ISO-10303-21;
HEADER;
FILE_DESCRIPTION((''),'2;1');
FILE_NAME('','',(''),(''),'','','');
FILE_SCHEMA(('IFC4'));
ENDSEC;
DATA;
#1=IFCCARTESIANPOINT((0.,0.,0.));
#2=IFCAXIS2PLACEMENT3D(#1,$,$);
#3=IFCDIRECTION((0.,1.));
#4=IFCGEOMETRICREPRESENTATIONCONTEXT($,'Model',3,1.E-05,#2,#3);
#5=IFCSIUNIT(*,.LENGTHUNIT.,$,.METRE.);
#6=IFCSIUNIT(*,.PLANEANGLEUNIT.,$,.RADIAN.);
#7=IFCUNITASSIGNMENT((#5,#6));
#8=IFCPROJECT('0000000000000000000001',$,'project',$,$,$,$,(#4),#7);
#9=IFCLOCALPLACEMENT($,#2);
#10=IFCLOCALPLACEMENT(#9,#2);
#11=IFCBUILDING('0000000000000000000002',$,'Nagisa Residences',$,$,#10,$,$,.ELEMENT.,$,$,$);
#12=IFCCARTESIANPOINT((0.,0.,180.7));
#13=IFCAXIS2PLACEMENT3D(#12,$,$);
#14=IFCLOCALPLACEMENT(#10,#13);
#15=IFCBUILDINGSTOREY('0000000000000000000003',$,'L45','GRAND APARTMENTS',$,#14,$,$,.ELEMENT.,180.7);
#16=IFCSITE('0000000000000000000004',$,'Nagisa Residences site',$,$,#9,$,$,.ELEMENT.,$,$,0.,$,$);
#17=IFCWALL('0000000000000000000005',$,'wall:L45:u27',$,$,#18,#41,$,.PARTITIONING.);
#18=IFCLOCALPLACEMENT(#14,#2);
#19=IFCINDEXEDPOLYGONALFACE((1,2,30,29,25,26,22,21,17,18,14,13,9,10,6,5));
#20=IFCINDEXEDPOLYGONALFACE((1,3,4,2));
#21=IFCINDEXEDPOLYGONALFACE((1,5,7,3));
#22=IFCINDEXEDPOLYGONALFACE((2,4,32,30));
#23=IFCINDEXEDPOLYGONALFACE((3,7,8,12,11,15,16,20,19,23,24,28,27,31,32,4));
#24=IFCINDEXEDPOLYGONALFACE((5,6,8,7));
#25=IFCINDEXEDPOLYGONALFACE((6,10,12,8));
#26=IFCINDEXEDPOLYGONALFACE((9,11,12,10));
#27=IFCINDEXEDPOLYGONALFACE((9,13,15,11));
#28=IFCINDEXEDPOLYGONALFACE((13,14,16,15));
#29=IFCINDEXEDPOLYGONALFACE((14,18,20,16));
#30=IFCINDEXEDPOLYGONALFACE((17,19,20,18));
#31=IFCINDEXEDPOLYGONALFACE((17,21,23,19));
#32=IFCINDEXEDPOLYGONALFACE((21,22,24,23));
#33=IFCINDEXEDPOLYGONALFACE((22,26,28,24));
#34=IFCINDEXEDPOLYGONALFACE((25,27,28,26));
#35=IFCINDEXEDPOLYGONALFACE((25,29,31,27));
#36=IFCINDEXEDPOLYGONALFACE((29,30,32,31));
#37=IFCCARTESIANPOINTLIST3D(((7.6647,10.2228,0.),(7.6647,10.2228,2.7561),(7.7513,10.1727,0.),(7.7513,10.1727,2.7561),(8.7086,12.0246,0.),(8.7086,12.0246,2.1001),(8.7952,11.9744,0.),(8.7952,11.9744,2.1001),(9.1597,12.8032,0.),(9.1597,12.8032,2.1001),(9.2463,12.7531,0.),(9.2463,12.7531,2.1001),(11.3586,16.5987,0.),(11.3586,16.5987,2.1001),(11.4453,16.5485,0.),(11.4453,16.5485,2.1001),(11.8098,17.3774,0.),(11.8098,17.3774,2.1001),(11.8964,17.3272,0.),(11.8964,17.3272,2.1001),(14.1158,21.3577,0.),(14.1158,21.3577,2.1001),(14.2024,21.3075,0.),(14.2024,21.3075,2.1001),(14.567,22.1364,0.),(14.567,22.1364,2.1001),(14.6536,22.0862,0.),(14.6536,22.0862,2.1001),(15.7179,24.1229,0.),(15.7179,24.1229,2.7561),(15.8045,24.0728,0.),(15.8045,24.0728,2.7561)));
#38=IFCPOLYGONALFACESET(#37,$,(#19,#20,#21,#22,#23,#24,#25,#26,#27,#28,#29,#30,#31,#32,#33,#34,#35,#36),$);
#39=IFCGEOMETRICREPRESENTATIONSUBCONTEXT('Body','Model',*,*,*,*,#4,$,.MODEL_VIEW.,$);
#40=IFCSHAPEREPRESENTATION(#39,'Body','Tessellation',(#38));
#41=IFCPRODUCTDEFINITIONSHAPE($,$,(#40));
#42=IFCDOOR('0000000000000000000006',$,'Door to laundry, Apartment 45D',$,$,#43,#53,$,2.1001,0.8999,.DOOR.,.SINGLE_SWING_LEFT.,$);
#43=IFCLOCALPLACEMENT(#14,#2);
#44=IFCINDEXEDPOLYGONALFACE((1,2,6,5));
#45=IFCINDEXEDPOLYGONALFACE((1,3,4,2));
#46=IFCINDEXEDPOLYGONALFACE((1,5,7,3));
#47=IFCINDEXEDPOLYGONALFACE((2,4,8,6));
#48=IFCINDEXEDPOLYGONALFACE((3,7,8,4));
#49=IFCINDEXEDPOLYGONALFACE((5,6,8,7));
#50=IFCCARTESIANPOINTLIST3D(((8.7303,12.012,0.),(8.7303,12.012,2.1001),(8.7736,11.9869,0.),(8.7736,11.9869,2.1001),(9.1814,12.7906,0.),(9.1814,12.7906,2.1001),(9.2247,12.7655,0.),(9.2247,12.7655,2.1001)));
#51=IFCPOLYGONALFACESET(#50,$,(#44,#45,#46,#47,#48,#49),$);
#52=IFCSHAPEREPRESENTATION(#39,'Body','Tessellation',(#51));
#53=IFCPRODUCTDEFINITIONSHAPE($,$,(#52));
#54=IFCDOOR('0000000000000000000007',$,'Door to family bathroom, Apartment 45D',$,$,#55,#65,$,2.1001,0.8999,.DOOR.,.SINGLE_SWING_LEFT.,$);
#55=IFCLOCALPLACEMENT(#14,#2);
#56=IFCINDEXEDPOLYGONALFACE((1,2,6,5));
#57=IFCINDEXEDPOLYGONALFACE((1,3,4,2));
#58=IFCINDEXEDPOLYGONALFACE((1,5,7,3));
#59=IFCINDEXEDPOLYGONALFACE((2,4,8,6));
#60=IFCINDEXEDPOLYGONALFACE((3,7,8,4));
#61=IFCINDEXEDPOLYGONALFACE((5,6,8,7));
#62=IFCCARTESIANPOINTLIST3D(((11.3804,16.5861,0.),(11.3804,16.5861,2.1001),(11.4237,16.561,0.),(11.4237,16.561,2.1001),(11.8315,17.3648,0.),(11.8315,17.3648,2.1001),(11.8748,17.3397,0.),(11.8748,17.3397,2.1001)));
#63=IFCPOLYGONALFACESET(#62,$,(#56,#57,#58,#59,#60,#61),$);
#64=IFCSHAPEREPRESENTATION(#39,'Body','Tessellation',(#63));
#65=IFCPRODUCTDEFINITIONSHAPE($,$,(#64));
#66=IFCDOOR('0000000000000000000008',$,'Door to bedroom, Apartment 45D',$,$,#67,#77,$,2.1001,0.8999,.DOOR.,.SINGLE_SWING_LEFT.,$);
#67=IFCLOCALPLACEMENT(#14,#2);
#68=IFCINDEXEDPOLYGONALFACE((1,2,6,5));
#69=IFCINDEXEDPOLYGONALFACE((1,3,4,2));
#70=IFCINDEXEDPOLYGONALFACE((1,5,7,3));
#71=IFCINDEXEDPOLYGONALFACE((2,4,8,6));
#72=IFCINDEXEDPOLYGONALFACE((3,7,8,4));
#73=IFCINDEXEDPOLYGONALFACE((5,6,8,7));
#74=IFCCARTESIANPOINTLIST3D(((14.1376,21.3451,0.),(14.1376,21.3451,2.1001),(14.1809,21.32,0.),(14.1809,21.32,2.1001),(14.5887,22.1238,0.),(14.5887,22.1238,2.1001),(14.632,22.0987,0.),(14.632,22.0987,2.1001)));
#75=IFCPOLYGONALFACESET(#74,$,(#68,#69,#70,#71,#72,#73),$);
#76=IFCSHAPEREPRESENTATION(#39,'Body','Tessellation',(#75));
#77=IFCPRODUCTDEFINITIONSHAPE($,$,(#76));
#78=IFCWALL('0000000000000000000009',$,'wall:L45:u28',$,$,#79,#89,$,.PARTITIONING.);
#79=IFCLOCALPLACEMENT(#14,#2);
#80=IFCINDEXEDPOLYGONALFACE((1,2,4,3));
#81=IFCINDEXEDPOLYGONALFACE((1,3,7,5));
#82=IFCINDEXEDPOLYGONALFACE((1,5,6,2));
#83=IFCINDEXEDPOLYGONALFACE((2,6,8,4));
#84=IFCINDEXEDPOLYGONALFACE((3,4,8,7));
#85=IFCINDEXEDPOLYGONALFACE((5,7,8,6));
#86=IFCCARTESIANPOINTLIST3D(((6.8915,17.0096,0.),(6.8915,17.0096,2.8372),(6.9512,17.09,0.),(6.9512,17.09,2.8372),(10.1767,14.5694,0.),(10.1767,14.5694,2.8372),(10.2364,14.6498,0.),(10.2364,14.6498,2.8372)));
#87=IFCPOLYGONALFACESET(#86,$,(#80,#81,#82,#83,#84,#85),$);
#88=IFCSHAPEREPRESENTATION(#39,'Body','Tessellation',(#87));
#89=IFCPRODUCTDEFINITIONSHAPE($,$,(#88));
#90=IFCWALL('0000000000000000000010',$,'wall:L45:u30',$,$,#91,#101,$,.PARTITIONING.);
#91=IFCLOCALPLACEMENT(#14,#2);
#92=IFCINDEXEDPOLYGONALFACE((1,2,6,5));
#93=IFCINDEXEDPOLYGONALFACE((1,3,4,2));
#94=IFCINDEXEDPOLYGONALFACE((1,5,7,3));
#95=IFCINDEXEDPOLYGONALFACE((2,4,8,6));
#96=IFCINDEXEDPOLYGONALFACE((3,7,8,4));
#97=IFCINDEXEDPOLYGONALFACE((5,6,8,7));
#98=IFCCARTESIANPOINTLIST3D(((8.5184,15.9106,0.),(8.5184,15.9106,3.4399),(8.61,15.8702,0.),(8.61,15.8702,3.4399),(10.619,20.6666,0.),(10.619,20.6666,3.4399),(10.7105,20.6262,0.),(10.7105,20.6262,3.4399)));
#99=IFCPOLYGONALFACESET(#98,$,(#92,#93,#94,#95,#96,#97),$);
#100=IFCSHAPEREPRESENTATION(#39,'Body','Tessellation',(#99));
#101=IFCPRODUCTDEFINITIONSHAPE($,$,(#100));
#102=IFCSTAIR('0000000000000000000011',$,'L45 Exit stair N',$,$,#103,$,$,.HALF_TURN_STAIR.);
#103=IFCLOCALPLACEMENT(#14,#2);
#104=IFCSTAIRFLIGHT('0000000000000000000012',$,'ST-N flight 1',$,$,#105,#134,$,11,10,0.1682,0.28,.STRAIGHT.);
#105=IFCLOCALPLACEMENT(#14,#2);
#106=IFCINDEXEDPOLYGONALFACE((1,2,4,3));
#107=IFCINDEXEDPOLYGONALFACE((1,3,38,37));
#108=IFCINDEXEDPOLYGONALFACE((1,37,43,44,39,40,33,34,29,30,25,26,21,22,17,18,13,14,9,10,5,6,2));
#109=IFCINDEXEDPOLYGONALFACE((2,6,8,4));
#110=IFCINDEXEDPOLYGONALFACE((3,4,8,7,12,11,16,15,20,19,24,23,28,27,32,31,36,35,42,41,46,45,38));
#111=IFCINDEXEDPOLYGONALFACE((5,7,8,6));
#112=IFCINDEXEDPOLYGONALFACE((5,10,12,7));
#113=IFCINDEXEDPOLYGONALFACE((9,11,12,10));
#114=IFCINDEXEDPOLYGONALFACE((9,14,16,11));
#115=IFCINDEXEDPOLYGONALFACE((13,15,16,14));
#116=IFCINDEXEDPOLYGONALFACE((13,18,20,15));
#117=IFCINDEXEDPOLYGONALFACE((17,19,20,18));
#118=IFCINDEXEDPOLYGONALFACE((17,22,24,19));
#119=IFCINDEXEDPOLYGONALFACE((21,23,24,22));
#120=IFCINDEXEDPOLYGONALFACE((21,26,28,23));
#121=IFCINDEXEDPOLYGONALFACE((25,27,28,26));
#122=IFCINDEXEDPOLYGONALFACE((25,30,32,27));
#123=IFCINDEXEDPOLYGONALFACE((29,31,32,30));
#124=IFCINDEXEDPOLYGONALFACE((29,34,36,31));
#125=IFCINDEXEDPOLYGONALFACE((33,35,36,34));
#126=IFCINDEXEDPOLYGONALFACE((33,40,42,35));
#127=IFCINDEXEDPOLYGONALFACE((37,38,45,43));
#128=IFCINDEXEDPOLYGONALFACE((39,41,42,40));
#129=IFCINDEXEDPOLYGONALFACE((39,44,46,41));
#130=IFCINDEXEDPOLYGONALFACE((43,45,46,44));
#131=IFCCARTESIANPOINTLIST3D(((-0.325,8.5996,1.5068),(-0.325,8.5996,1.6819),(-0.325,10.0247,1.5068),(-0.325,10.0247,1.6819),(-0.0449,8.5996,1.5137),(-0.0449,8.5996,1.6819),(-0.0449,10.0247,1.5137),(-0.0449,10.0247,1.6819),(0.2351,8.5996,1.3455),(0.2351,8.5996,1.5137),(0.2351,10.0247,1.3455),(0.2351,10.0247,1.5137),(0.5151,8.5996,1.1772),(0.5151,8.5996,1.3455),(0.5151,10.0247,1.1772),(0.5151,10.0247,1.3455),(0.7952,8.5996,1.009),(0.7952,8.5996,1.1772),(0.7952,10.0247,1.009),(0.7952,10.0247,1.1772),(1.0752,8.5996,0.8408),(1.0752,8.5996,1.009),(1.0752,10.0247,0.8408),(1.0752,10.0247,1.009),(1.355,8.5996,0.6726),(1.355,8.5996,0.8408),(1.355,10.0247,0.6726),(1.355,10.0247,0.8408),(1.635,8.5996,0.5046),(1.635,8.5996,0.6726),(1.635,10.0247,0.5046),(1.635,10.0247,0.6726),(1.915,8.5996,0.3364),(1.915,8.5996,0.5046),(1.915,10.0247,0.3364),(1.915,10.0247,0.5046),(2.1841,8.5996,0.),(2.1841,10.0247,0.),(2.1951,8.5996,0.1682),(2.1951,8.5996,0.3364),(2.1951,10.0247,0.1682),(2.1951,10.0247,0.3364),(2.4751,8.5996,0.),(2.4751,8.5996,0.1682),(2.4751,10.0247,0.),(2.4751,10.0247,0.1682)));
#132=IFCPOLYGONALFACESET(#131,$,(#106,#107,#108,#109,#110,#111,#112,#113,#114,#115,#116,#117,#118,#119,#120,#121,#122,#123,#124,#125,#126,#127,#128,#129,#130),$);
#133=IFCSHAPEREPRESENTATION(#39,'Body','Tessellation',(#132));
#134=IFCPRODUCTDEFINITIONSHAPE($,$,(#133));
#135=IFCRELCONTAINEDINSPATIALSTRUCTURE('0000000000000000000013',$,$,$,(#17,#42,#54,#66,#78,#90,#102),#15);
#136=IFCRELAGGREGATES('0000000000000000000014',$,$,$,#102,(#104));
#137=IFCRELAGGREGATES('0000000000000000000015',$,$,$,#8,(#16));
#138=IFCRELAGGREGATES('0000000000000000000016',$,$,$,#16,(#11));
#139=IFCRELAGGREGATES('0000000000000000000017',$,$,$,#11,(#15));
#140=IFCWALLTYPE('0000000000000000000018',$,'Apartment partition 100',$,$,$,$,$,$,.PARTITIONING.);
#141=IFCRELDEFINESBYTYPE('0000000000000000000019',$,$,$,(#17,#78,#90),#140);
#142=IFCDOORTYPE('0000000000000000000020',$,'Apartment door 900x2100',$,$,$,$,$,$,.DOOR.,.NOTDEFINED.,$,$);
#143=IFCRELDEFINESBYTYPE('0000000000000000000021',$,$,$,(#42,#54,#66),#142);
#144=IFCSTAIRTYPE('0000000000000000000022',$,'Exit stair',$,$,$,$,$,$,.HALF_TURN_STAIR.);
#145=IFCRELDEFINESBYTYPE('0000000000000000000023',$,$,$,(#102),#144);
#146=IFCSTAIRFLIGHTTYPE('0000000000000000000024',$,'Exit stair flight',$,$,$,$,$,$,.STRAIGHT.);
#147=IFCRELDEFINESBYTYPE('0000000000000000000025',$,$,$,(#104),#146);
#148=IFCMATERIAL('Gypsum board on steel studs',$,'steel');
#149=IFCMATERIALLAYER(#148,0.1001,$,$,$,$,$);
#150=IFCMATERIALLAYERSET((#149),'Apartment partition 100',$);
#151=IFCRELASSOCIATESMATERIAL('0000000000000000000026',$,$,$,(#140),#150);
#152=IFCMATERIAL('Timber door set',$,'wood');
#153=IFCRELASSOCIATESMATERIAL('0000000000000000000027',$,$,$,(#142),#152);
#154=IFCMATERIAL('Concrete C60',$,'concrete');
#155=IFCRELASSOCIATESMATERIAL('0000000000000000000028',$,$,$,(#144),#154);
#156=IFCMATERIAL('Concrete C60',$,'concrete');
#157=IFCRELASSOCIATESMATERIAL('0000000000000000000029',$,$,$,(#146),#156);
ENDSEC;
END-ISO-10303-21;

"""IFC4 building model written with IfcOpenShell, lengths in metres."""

from ifc_helpers import new_model, si_unit, direction, frame, frame_2d, origin, place, context, subcontext, project, spatial, polyline, rectangle, outline, extrude, material, layer, layer_set, type_object, element, fill, aggregate, save


model = new_model("IFC4")

# Units and contexts
model_context = context("Model", 3, precision=1e-05, world=origin(), true_north=direction((0.0, 1.0)))
body_context = subcontext(model_context, "Body", "Model", "MODEL_VIEW")
ifc_project = project(units=[si_unit("LENGTHUNIT", "METRE"), si_unit("PLANEANGLEUNIT", "RADIAN")], contexts=[model_context])

# Site, building, storey
site_placement = place(None, origin())
site = spatial("IfcSite", under=ifc_project, at=site_placement, Name="Nagisa Residences site", CompositionType="ELEMENT", RefElevation=0.0)
building_placement = place(site_placement, origin())
building = spatial("IfcBuilding", under=site, at=building_placement, Name="Nagisa Residences", CompositionType="ELEMENT")
storey_placement = place(building_placement, frame((0.0, 0.0, 180.7)))
storey = spatial("IfcBuildingStorey", under=building, at=storey_placement, Name="L45", Description="GRAND APARTMENTS", CompositionType="ELEMENT", Elevation=180.7)

# Wall, openings, doors
ifc_material_1 = material(Name="Gypsum board on steel studs", Category="steel")
ifc_layer_1 = layer(ifc_material_1, 0.1001)
ifc_layer_set_1 = layer_set([ifc_layer_1], Name="Apartment partition 100")
wall_type_1 = type_object("IfcWallType", Name="Apartment partition 100", PredefinedType="PARTITIONING", material=ifc_layer_set_1)
ifc_material_2 = material(Name="Timber door set", Category="wood")
door_type_1 = type_object("IfcDoorType", Name="Apartment door 900x2100", OperationType="NOTDEFINED", PredefinedType="DOOR", material=ifc_material_2)
wall_1_placement = place(storey_placement, frame((7.708, 10.1978, 0.0), z_axis=(0.0, 0.0, 1.0), x_axis=(0.501305, 0.865271, 0.0)))
wall_1 = element("IfcWall", 1, at=wall_1_placement, inside=storey, type_object=wall_type_1, Name="wall:L45:u27", PredefinedType="PARTITIONING", context=body_context, shape_type="SweptSolid", body=[
    extrude(rectangle(XDim=16.0645, YDim=0.1001, at=frame_2d((8.0322, 0.0))), origin(), (0.0, 0.0, 1.0), 2.7561),
])
opening_1_placement = place(wall_1_placement, frame((2.0823, 0.0, 0.0)))
opening_1 = element("IfcOpeningElement", 2, at=opening_1_placement, cuts=wall_1, PredefinedType="OPENING", context=body_context, shape_type="SweptSolid", body=[
    extrude(rectangle(XDim=0.8999, YDim=2.1001, at=frame_2d((0.45, 1.05))), frame((0.0, 0.0601, 0.0), z_axis=(0.0, -1.0, 0.0), x_axis=(1.0, 0.0, 0.0)), (0.0, 0.0, 1.0), 0.1201),
])
opening_2_placement = place(wall_1_placement, frame((7.3687, 0.0, 0.0)))
opening_2 = element("IfcOpeningElement", 3, at=opening_2_placement, cuts=wall_1, PredefinedType="OPENING", context=body_context, shape_type="SweptSolid", body=[
    extrude(rectangle(XDim=0.8999, YDim=2.1001, at=frame_2d((0.45, 1.05))), frame((0.0, 0.0601, 0.0), z_axis=(0.0, -1.0, 0.0), x_axis=(1.0, 0.0, 0.0)), (0.0, 0.0, 1.0), 0.1201),
])
opening_3_placement = place(wall_1_placement, frame((12.8687, 0.0, 0.0)))
opening_3 = element("IfcOpeningElement", 4, at=opening_3_placement, cuts=wall_1, PredefinedType="OPENING", context=body_context, shape_type="SweptSolid", body=[
    extrude(rectangle(XDim=0.8999, YDim=2.1001, at=frame_2d((0.45, 1.05))), frame((0.0, 0.0601, 0.0), z_axis=(0.0, -1.0, 0.0), x_axis=(1.0, 0.0, 0.0)), (0.0, 0.0, 1.0), 0.1201),
])
door_1_placement = place(opening_1_placement, origin())
door_1 = element("IfcDoor", 5, at=door_1_placement, inside=storey, type_object=door_type_1, Name="Door to laundry, Apartment 45D", OperationType="SINGLE_SWING_LEFT", OverallHeight=2.1001, OverallWidth=0.8999, PredefinedType="DOOR", context=body_context, shape_type="SweptSolid", body=[
    extrude(rectangle(XDim=0.8999, YDim=2.1001, at=frame_2d((0.45, 1.05))), frame((0.0, 0.0249, 0.0), z_axis=(0.0, -1.0, 0.0), x_axis=(1.0, 0.0, 0.0)), (0.0, 0.0, 1.0), 0.05),
])
fill(opening_1, door_1)
door_2_placement = place(opening_2_placement, origin())
door_2 = element("IfcDoor", 6, at=door_2_placement, inside=storey, type_object=door_type_1, Name="Door to family bathroom, Apartment 45D", OperationType="SINGLE_SWING_LEFT", OverallHeight=2.1001, OverallWidth=0.8999, PredefinedType="DOOR", context=body_context, shape_type="SweptSolid", body=[
    extrude(rectangle(XDim=0.8999, YDim=2.1001, at=frame_2d((0.45, 1.05))), frame((0.0, 0.0249, 0.0), z_axis=(0.0, -1.0, 0.0), x_axis=(1.0, 0.0, 0.0)), (0.0, 0.0, 1.0), 0.05),
])
fill(opening_2, door_2)
door_3_placement = place(opening_3_placement, origin())
door_3 = element("IfcDoor", 7, at=door_3_placement, inside=storey, type_object=door_type_1, Name="Door to bedroom, Apartment 45D", OperationType="SINGLE_SWING_LEFT", OverallHeight=2.1001, OverallWidth=0.8999, PredefinedType="DOOR", context=body_context, shape_type="SweptSolid", body=[
    extrude(rectangle(XDim=0.8999, YDim=2.1001, at=frame_2d((0.45, 1.05))), frame((0.0, 0.0249, 0.0), z_axis=(0.0, -1.0, 0.0), x_axis=(1.0, 0.0, 0.0)), (0.0, 0.0, 1.0), 0.05),
])
fill(opening_3, door_3)

# Walls
wall_2_placement = place(storey_placement, frame((10.2065, 14.6096, 0.0), z_axis=(0.0, 0.0, 1.0), x_axis=(-0.802769, 0.59629, 0.0)))
element("IfcWall", 8, at=wall_2_placement, inside=storey, type_object=wall_type_1, Name="wall:L45:u28", PredefinedType="PARTITIONING", context=body_context, shape_type="SweptSolid", body=[
    extrude(rectangle(XDim=4.0923, YDim=0.1001, at=frame_2d((2.0461, 0.0))), origin(), (0.0, 0.0, 1.0), 2.8372),
])
wall_3_placement = place(storey_placement, frame((8.5642, 15.8904, 0.0), z_axis=(0.0, 0.0, 1.0), x_axis=(0.404011, 0.914754, 0.0)))
element("IfcWall", 9, at=wall_3_placement, inside=storey, type_object=wall_type_1, Name="wall:L45:u30", PredefinedType="PARTITIONING", context=body_context, shape_type="SweptSolid", body=[
    extrude(rectangle(XDim=5.1992, YDim=0.1001, at=frame_2d((2.5996, 0.0))), origin(), (0.0, 0.0, 1.0), 3.4399),
])

# Stair, stair flight
ifc_material_3 = material(Name="Concrete C60", Category="concrete")
stair_type = type_object("IfcStairType", Name="Exit stair", PredefinedType="HALF_TURN_STAIR", material=ifc_material_3)
stair_placement = place(storey_placement, origin())
stair = element("IfcStair", 10, at=stair_placement, inside=storey, type_object=stair_type, Name="L45 Exit stair N", PredefinedType="HALF_TURN_STAIR")
ifc_material_4 = material(Name="Concrete C60", Category="concrete")
stair_flight_type = type_object("IfcStairFlightType", Name="Exit stair flight", PredefinedType="STRAIGHT", material=ifc_material_4)
stair_flight_placement = place(storey_placement, frame((2.4751, 9.312, 0.0), z_axis=(0.0, 0.0, 1.0), x_axis=(-1.0, 0.0, 0.0)))
stair_flight = element("IfcStairFlight", 11, at=stair_flight_placement, type_object=stair_flight_type, Name="ST-N flight 1", NumberOfRisers=11, NumberOfTreads=10, PredefinedType="STRAIGHT", RiserHeight=0.1682, TreadLength=0.28, context=body_context, shape_type="SweptSolid", body=[
    extrude(outline(polyline([(0.0, 0.0), (0.0, 0.1682), (0.28, 0.1682), (0.28, 0.3364), (0.5601, 0.3364), (0.5601, 0.5046), (0.8401, 0.5046), (0.8401, 0.6726), (1.1201, 0.6726), (1.1201, 0.8408), (1.3999, 0.8408), (1.3999, 1.009), (1.6799, 1.009), (1.6799, 1.1772), (1.96, 1.1772), (1.96, 1.3455), (2.24, 1.3455), (2.24, 1.5137), (2.52, 1.5137), (2.52, 1.6819), (2.8, 1.6819), (2.8, 1.8501), (2.8, 1.5068), (0.291, 0.0), (0.0, 0.0)])), frame((0.0, 0.7124, 0.0), z_axis=(0.0, -1.0, 0.0), x_axis=(1.0, 0.0, 0.0)), (0.0, 0.0, 1.0), 1.425),
])
aggregate(stair, [stair_flight])

save(model, "model.ifc")
